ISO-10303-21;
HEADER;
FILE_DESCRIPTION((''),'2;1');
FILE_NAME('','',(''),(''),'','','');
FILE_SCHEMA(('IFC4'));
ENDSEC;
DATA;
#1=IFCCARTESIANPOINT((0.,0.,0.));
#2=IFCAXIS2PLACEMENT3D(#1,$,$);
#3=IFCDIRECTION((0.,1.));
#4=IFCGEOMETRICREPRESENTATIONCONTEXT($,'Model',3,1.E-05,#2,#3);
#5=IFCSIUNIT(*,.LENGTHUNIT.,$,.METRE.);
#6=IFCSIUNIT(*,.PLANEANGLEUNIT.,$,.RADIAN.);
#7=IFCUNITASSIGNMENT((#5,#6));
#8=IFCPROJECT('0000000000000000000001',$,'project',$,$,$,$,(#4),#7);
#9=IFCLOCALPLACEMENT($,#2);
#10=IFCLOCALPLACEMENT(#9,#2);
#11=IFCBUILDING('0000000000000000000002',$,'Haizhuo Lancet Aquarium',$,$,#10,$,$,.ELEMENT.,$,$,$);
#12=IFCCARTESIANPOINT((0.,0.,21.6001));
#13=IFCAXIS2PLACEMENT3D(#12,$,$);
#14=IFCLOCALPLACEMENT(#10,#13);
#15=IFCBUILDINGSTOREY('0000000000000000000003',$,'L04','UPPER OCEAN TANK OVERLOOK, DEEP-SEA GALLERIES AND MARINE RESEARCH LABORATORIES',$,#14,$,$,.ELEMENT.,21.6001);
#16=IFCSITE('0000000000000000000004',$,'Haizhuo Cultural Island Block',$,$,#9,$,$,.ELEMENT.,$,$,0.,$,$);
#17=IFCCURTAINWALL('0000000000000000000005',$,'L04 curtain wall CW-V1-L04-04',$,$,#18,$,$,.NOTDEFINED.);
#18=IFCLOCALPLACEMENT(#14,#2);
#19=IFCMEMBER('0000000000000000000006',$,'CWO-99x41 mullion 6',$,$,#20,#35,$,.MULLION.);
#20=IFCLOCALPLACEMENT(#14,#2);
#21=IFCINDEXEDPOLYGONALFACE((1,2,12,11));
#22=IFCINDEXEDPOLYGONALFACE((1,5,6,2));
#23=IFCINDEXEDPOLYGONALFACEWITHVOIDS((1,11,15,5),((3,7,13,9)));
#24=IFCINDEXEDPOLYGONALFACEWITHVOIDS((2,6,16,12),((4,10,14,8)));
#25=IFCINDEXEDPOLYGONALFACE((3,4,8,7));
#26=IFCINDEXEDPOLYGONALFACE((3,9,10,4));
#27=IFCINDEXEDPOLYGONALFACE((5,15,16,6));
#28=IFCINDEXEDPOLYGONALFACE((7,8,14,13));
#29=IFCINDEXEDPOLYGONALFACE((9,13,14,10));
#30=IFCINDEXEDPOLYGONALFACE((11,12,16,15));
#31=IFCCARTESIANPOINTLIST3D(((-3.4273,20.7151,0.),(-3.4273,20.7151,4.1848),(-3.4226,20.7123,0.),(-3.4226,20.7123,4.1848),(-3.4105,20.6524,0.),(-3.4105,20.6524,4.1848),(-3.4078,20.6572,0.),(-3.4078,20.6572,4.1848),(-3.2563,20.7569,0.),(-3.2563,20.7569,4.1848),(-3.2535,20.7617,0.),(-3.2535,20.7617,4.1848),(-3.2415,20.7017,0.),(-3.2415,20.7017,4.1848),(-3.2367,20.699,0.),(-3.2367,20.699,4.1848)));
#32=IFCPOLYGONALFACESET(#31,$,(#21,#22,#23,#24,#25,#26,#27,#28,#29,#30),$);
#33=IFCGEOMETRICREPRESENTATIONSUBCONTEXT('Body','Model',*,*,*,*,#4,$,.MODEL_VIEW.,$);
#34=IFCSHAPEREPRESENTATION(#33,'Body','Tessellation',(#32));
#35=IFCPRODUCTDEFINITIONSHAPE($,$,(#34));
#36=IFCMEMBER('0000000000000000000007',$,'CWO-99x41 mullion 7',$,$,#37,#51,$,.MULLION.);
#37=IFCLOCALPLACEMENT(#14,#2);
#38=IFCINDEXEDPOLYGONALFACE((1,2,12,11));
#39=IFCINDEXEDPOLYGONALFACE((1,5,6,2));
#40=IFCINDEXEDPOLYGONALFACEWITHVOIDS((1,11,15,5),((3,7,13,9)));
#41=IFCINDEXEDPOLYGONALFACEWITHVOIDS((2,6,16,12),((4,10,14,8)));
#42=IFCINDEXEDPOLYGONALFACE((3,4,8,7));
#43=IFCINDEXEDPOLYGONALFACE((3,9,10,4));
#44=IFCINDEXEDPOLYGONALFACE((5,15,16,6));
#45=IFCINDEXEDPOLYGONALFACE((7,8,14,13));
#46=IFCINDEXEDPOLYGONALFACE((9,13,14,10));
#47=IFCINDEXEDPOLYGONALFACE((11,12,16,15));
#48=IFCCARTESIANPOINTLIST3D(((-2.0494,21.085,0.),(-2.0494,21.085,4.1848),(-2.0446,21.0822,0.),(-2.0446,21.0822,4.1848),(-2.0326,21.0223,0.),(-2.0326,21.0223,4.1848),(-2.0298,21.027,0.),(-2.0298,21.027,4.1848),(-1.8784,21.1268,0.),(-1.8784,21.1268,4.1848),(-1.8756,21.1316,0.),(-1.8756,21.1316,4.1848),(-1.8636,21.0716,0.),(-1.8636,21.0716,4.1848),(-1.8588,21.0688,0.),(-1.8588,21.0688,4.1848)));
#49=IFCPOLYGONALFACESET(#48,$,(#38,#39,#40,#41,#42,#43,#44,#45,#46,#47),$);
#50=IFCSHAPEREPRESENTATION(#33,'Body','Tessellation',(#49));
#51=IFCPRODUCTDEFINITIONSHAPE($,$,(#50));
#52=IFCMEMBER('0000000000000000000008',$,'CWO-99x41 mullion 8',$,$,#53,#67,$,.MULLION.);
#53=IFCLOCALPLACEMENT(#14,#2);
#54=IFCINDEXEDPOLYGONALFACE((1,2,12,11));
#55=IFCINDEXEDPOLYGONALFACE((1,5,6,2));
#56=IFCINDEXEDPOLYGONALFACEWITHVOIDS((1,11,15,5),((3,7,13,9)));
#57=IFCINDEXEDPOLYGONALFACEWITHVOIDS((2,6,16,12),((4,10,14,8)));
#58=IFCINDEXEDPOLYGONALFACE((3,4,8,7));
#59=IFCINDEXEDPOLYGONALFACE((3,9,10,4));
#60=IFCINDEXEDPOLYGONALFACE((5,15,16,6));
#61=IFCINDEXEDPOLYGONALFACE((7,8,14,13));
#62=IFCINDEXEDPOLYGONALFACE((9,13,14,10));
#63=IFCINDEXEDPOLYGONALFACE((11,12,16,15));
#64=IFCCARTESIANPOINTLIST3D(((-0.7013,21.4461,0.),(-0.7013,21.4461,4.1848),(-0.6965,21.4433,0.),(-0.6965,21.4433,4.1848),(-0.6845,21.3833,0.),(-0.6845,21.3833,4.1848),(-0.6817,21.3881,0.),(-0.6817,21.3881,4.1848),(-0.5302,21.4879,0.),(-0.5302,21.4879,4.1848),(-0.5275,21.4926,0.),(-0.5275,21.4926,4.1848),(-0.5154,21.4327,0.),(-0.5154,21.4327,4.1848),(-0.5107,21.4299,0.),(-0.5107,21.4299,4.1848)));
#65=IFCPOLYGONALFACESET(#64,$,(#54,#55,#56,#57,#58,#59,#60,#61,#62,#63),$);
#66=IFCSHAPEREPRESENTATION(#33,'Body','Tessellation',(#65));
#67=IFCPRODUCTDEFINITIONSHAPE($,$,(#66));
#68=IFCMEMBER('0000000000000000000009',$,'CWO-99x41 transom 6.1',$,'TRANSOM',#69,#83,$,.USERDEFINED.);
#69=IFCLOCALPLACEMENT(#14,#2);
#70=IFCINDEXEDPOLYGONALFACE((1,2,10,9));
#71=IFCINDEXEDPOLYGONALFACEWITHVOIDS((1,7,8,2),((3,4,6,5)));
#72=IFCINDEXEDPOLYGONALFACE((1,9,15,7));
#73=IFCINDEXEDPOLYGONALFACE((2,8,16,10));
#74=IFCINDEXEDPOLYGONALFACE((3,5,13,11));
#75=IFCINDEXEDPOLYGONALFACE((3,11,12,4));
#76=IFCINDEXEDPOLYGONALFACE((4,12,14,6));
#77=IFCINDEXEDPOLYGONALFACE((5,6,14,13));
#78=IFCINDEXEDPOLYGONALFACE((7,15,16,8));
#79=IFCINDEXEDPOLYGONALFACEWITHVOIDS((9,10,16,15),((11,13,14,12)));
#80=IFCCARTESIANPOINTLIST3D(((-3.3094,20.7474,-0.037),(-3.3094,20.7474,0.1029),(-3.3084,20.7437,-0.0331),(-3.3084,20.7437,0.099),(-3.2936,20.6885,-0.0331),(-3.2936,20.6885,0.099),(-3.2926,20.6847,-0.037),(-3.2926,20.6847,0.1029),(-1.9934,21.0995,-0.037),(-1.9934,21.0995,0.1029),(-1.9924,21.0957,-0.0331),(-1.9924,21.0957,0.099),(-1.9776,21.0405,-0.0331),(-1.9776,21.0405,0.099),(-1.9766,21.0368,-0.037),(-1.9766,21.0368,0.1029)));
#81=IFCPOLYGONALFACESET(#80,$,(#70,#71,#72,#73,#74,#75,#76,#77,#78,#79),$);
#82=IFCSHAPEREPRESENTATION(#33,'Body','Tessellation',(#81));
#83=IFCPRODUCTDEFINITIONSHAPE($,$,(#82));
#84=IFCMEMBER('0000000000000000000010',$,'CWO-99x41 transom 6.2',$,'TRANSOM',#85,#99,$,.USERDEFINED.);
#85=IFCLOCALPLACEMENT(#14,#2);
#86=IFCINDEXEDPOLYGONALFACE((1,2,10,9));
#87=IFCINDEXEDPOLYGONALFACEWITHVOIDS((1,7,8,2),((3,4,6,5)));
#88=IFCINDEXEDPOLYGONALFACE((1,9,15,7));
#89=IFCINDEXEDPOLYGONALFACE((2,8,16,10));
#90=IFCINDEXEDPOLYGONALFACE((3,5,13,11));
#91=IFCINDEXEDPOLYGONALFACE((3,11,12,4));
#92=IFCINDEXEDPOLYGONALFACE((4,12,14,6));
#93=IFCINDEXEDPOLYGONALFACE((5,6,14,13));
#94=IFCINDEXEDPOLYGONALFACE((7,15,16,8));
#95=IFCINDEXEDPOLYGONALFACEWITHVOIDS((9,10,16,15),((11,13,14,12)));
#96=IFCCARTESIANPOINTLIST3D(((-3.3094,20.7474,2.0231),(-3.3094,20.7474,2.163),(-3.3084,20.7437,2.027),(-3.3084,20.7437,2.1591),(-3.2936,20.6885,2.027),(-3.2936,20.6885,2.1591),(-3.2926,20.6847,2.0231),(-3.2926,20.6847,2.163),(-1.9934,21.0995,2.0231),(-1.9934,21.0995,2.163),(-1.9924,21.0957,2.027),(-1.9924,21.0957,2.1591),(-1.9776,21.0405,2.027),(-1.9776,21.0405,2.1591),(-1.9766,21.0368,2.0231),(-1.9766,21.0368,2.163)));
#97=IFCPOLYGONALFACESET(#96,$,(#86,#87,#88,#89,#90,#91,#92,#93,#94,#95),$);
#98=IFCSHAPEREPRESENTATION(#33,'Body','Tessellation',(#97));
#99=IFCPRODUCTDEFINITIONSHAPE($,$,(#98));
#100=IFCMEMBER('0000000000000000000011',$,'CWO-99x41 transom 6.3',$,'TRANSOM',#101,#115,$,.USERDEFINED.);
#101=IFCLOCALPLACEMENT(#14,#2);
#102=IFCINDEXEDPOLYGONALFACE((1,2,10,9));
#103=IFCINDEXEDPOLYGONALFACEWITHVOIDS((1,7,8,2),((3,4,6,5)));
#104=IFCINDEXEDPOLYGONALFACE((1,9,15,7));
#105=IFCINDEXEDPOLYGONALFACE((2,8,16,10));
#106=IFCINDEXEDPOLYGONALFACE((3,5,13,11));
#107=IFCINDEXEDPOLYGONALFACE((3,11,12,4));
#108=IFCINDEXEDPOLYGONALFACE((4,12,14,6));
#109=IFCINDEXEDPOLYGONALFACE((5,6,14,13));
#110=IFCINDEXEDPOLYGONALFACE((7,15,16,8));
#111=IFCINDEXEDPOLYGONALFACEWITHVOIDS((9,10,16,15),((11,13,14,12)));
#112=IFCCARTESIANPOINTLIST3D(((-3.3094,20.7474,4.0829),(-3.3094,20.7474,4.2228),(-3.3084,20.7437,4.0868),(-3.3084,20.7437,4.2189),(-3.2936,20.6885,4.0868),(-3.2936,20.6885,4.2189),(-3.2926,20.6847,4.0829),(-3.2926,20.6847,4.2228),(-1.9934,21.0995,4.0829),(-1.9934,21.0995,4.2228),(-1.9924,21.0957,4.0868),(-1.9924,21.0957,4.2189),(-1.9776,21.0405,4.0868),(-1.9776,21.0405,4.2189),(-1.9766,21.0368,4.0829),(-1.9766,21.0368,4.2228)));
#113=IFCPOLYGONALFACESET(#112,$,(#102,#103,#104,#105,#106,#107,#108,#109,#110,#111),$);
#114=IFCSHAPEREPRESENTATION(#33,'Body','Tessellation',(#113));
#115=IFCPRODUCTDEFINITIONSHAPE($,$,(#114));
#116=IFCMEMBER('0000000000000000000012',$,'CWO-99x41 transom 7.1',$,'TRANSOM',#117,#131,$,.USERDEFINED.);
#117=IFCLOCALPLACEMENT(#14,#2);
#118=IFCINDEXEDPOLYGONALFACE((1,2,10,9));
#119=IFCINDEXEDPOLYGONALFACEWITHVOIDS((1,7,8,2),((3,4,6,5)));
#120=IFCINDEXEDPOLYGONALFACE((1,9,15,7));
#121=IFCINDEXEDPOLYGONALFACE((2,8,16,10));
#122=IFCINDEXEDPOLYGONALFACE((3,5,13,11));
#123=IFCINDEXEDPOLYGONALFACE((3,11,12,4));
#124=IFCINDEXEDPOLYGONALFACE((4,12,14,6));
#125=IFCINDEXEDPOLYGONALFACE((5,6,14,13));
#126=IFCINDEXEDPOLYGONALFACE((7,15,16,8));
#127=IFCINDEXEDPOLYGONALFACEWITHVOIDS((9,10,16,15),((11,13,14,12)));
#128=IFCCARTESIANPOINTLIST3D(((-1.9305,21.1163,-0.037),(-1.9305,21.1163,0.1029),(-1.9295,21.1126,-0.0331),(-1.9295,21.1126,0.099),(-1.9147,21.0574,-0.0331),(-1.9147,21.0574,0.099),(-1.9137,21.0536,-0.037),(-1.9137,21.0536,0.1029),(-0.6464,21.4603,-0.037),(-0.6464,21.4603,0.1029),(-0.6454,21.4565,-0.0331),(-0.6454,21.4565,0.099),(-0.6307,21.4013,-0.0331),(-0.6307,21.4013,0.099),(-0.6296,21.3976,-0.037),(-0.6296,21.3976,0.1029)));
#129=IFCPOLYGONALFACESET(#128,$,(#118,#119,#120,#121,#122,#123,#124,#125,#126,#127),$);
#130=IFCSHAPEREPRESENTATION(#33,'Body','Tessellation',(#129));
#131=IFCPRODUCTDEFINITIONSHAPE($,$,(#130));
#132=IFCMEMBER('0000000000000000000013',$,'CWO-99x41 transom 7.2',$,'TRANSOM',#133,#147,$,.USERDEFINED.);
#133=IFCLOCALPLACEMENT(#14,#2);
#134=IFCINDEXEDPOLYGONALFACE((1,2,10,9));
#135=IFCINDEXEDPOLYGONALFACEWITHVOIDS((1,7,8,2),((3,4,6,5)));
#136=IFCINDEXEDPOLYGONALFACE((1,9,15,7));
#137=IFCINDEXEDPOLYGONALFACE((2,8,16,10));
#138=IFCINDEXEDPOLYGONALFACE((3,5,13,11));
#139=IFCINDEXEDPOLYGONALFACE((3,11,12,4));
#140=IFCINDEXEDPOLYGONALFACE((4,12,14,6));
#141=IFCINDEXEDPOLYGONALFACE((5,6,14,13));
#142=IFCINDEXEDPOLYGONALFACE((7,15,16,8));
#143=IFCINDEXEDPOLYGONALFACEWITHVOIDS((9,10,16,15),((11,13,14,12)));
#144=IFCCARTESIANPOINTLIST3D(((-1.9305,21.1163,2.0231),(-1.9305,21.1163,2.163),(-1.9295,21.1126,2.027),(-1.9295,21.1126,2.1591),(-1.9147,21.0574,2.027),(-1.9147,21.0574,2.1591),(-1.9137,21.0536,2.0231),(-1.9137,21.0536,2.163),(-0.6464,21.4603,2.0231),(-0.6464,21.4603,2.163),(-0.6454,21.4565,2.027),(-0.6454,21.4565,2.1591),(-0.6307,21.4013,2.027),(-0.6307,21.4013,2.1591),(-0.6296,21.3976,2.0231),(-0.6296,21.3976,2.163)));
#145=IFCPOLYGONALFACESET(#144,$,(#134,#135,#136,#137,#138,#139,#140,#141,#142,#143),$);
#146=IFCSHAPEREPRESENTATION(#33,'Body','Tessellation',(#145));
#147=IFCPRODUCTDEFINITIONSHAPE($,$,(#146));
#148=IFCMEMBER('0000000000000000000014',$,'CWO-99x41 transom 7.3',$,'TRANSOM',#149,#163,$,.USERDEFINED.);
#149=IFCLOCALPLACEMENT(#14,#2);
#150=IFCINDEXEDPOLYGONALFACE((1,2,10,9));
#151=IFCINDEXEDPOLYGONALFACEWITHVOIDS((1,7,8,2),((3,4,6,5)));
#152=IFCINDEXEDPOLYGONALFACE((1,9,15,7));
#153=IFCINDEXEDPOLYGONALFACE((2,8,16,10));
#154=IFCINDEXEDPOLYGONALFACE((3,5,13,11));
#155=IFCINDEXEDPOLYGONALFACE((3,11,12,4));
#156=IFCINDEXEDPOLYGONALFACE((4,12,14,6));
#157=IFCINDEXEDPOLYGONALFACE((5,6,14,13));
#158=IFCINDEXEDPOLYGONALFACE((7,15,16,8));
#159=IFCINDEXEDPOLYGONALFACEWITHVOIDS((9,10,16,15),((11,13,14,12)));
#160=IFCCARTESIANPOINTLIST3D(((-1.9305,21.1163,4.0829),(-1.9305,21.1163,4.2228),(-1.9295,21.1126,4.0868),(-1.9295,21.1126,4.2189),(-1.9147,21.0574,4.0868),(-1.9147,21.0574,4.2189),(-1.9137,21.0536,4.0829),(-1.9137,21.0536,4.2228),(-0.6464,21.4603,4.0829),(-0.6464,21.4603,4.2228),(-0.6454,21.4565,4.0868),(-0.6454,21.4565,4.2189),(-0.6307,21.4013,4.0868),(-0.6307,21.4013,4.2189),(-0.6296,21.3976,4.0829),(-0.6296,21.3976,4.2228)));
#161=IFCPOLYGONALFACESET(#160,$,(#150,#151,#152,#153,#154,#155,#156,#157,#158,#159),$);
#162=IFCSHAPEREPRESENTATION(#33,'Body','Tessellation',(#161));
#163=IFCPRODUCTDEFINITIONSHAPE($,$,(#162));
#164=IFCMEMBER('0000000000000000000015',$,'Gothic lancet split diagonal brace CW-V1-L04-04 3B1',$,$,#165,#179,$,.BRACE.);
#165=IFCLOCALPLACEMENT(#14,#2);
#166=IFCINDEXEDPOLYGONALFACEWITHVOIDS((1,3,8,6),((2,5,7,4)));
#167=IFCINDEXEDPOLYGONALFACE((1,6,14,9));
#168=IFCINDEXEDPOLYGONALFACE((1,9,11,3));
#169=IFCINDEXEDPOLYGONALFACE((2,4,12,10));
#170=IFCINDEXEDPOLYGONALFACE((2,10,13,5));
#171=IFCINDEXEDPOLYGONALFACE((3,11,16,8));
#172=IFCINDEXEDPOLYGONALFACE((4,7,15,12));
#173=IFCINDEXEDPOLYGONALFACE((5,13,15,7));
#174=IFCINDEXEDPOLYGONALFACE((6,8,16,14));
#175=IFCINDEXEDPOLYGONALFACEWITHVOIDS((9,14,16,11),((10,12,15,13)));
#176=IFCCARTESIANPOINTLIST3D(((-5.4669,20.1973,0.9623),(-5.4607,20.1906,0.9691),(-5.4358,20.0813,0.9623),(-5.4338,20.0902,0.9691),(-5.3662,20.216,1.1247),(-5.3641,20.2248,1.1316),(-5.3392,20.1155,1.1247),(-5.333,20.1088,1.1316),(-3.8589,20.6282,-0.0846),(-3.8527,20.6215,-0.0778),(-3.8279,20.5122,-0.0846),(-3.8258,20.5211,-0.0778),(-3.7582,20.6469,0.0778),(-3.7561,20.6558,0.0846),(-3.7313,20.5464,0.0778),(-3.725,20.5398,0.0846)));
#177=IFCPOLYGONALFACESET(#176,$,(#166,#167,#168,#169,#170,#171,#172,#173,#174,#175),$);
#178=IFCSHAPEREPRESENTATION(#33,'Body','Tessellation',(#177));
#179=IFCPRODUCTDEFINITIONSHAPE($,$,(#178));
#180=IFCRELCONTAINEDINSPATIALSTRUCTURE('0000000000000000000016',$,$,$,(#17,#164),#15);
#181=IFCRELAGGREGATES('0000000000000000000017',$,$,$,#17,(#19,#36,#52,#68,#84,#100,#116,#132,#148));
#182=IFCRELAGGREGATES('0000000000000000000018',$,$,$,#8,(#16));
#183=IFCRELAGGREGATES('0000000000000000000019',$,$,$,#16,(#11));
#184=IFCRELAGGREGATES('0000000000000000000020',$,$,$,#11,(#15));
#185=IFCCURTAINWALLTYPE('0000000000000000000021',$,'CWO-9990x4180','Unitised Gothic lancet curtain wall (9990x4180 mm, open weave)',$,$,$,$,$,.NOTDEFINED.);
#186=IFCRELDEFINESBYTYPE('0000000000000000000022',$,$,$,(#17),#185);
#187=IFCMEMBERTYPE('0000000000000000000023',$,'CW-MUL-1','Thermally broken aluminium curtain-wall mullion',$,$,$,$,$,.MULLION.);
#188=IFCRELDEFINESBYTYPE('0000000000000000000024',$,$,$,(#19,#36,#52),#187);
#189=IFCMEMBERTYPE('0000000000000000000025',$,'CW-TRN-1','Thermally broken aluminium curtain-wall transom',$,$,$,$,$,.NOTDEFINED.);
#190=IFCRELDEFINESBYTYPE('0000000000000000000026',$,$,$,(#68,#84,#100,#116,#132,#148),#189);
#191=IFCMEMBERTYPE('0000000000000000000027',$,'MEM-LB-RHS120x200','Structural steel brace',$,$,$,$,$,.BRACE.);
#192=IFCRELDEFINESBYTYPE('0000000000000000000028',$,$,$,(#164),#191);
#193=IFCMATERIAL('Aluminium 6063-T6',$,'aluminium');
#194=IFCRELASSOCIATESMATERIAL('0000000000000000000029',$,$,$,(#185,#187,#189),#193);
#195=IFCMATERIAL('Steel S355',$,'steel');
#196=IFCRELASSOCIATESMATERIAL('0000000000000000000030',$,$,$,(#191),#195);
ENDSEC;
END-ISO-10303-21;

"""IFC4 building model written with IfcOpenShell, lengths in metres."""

from ifc_helpers import new_model, si_unit, direction, frame, origin, origin_2d, place, context, subcontext, project, spatial, hollow_rectangle, extrude, material, material_profile, profile_set, type_object, element, aggregate, save


model = new_model("IFC4")

# Units and contexts
model_context = context("Model", 3, precision=1e-05, world=origin(), true_north=direction((0.0, 1.0)))
body_context = subcontext(model_context, "Body", "Model", "MODEL_VIEW")
ifc_project = project(units=[si_unit("LENGTHUNIT", "METRE"), si_unit("PLANEANGLEUNIT", "RADIAN")], contexts=[model_context])

# Site, building, storey
site_placement = place(None, origin())
site = spatial("IfcSite", under=ifc_project, at=site_placement, Name="Haizhuo Cultural Island Block", CompositionType="ELEMENT", RefElevation=0.0)
building_placement = place(site_placement, origin())
building = spatial("IfcBuilding", under=site, at=building_placement, Name="Haizhuo Lancet Aquarium", CompositionType="ELEMENT")
storey_placement = place(building_placement, frame((0.0, 0.0, 21.6001)))
storey = spatial("IfcBuildingStorey", under=building, at=storey_placement, Name="L04", Description="UPPER OCEAN TANK OVERLOOK, DEEP-SEA GALLERIES AND MARINE RESEARCH LABORATORIES", CompositionType="ELEMENT", Elevation=21.6001)

# Curtain wall, members
ifc_material_1 = material(Name="Aluminium 6063-T6", Category="aluminium")
curtain_wall_type_1 = type_object("IfcCurtainWallType", Name="CWO-9990x4180", Description="Unitised Gothic lancet curtain wall (9990x4180 mm, open weave)", PredefinedType="NOTDEFINED", material=ifc_material_1)
curtain_wall_1_placement = place(storey_placement, origin())
curtain_wall_1 = element("IfcCurtainWall", 1, at=curtain_wall_1_placement, inside=storey, type_object=curtain_wall_type_1, Name="L04 curtain wall CW-V1-L04-04", PredefinedType="NOTDEFINED")
ifc_material_profile_1 = material_profile(ifc_material_1, hollow_rectangle(XDim=0.0649, YDim=0.1799, WallThickness=0.0039, at=origin_2d()), Name="ALU-M 65x180x4")
ifc_profile_set_1 = profile_set([ifc_material_profile_1], Name="Aluminium 6063-T6")
member_type_1 = type_object("IfcMemberType", Name="CW-MUL-1", Description="Thermally broken aluminium curtain-wall mullion", PredefinedType="MULLION", material=ifc_profile_set_1)
member_1_placement = place(storey_placement, frame((-3.332, 20.707, 0.0), z_axis=(0.0, 0.0, 1.0), x_axis=(-0.258853, 0.965917, 0.0)))
member_1 = element("IfcMember", 2, at=member_1_placement, type_object=member_type_1, Name="CWO-99x41 mullion 6", PredefinedType="MULLION", context=body_context, shape_type="SweptSolid", body=[
    extrude(hollow_rectangle(XDim=0.0649, YDim=0.1799, WallThickness=0.0039, at=origin_2d()), origin(), (0.0, 0.0, 1.0), 4.1848),
])
member_2_placement = place(storey_placement, frame((-1.9541, 21.0769, 0.0), z_axis=(0.0, 0.0, 1.0), x_axis=(-0.258853, 0.965917, 0.0)))
member_2 = element("IfcMember", 3, at=member_2_placement, type_object=member_type_1, Name="CWO-99x41 mullion 7", PredefinedType="MULLION", context=body_context, shape_type="SweptSolid", body=[
    extrude(hollow_rectangle(XDim=0.0649, YDim=0.1799, WallThickness=0.0039, at=origin_2d()), origin(), (0.0, 0.0, 1.0), 4.1848),
])
member_3_placement = place(storey_placement, frame((-0.606, 21.438, 0.0), z_axis=(0.0, 0.0, 1.0), x_axis=(-0.258853, 0.965917, 0.0)))
member_3 = element("IfcMember", 4, at=member_3_placement, type_object=member_type_1, Name="CWO-99x41 mullion 8", PredefinedType="MULLION", context=body_context, shape_type="SweptSolid", body=[
    extrude(hollow_rectangle(XDim=0.0649, YDim=0.1799, WallThickness=0.0039, at=origin_2d()), origin(), (0.0, 0.0, 1.0), 4.1848),
])
ifc_material_profile_2 = material_profile(ifc_material_1, hollow_rectangle(XDim=0.0649, YDim=0.1399, WallThickness=0.0039, at=origin_2d()), Name="ALU-T 65x140x4")
ifc_profile_set_2 = profile_set([ifc_material_profile_2], Name="Aluminium 6063-T6")
member_type_2 = type_object("IfcMemberType", Name="CW-TRN-1", Description="Thermally broken aluminium curtain-wall transom", PredefinedType="NOTDEFINED", material=ifc_profile_set_2)
member_4_placement = place(storey_placement, frame((-3.301, 20.7161, 0.033), z_axis=(0.966026, 0.258443, 0.0), x_axis=(-0.258443, 0.966026, 0.0)))
member_4 = element("IfcMember", 5, at=member_4_placement, type_object=member_type_2, Name="CWO-99x41 transom 6.1", ObjectType="TRANSOM", PredefinedType="USERDEFINED", context=body_context, shape_type="SweptSolid", body=[
    extrude(hollow_rectangle(XDim=0.0649, YDim=0.1399, WallThickness=0.0039, at=origin_2d()), origin(), (0.0, 0.0, 1.0), 1.3623),
])
member_5_placement = place(storey_placement, frame((-3.301, 20.7161, 2.093), z_axis=(0.966026, 0.258443, 0.0), x_axis=(-0.258443, 0.966026, 0.0)))
member_5 = element("IfcMember", 6, at=member_5_placement, type_object=member_type_2, Name="CWO-99x41 transom 6.2", ObjectType="TRANSOM", PredefinedType="USERDEFINED", context=body_context, shape_type="SweptSolid", body=[
    extrude(hollow_rectangle(XDim=0.0649, YDim=0.1399, WallThickness=0.0039, at=origin_2d()), origin(), (0.0, 0.0, 1.0), 1.3623),
])
member_6_placement = place(storey_placement, frame((-3.301, 20.7161, 4.1528), z_axis=(0.966026, 0.258443, 0.0), x_axis=(-0.258443, 0.966026, 0.0)))
member_6 = element("IfcMember", 7, at=member_6_placement, type_object=member_type_2, Name="CWO-99x41 transom 6.3", ObjectType="TRANSOM", PredefinedType="USERDEFINED", context=body_context, shape_type="SweptSolid", body=[
    extrude(hollow_rectangle(XDim=0.0649, YDim=0.1399, WallThickness=0.0039, at=origin_2d()), origin(), (0.0, 0.0, 1.0), 1.3623),
])
member_7_placement = place(storey_placement, frame((-1.9221, 21.085, 0.033), z_axis=(0.965945, 0.258748, 0.0), x_axis=(-0.258748, 0.965945, 0.0)))
member_7 = element("IfcMember", 8, at=member_7_placement, type_object=member_type_2, Name="CWO-99x41 transom 7.1", ObjectType="TRANSOM", PredefinedType="USERDEFINED", context=body_context, shape_type="SweptSolid", body=[
    extrude(hollow_rectangle(XDim=0.0649, YDim=0.1399, WallThickness=0.0039, at=origin_2d()), origin(), (0.0, 0.0, 1.0), 1.3293),
])
member_8_placement = place(storey_placement, frame((-1.9221, 21.085, 2.093), z_axis=(0.965945, 0.258748, 0.0), x_axis=(-0.258748, 0.965945, 0.0)))
member_8 = element("IfcMember", 9, at=member_8_placement, type_object=member_type_2, Name="CWO-99x41 transom 7.2", ObjectType="TRANSOM", PredefinedType="USERDEFINED", context=body_context, shape_type="SweptSolid", body=[
    extrude(hollow_rectangle(XDim=0.0649, YDim=0.1399, WallThickness=0.0039, at=origin_2d()), origin(), (0.0, 0.0, 1.0), 1.3293),
])
member_9_placement = place(storey_placement, frame((-1.9221, 21.085, 4.1528), z_axis=(0.965945, 0.258748, 0.0), x_axis=(-0.258748, 0.965945, 0.0)))
member_9 = element("IfcMember", 10, at=member_9_placement, type_object=member_type_2, Name="CWO-99x41 transom 7.3", ObjectType="TRANSOM", PredefinedType="USERDEFINED", context=body_context, shape_type="SweptSolid", body=[
    extrude(hollow_rectangle(XDim=0.0649, YDim=0.1399, WallThickness=0.0039, at=origin_2d()), origin(), (0.0, 0.0, 1.0), 1.3293),
])

# Member
ifc_material_2 = material(Name="Steel S355", Category="steel")
ifc_material_profile_3 = material_profile(ifc_material_2, hollow_rectangle(XDim=0.1201, YDim=0.2, WallThickness=0.0081, at=origin_2d()), Name="RHS 120x200x8")
ifc_profile_set_3 = profile_set([ifc_material_profile_3], Name="Steel S355")
member_type_3 = type_object("IfcMemberType", Name="MEM-LB-RHS120x200", Description="Structural steel brace", PredefinedType="BRACE", material=ifc_profile_set_3)
member_10_placement = place(storey_placement, frame((-3.792, 20.584, 0.0), z_axis=(-0.817663, -0.219128, 0.532363), x_axis=(0.258858, -0.965915, 0.0)))
element("IfcMember", 11, at=member_10_placement, inside=storey, type_object=member_type_3, Name="Gothic lancet split diagonal brace CW-V1-L04-04 3B1", PredefinedType="BRACE", context=body_context, shape_type="SweptSolid", body=[
    extrude(hollow_rectangle(XDim=0.1201, YDim=0.2, WallThickness=0.0081, at=origin_2d()), origin(), (0.0, 0.0, 1.0), 1.9666),
])

aggregate(curtain_wall_1, [member_1, member_2, member_3, member_4, member_5, member_6, member_7, member_8, member_9])

save(model, "model.ifc")
